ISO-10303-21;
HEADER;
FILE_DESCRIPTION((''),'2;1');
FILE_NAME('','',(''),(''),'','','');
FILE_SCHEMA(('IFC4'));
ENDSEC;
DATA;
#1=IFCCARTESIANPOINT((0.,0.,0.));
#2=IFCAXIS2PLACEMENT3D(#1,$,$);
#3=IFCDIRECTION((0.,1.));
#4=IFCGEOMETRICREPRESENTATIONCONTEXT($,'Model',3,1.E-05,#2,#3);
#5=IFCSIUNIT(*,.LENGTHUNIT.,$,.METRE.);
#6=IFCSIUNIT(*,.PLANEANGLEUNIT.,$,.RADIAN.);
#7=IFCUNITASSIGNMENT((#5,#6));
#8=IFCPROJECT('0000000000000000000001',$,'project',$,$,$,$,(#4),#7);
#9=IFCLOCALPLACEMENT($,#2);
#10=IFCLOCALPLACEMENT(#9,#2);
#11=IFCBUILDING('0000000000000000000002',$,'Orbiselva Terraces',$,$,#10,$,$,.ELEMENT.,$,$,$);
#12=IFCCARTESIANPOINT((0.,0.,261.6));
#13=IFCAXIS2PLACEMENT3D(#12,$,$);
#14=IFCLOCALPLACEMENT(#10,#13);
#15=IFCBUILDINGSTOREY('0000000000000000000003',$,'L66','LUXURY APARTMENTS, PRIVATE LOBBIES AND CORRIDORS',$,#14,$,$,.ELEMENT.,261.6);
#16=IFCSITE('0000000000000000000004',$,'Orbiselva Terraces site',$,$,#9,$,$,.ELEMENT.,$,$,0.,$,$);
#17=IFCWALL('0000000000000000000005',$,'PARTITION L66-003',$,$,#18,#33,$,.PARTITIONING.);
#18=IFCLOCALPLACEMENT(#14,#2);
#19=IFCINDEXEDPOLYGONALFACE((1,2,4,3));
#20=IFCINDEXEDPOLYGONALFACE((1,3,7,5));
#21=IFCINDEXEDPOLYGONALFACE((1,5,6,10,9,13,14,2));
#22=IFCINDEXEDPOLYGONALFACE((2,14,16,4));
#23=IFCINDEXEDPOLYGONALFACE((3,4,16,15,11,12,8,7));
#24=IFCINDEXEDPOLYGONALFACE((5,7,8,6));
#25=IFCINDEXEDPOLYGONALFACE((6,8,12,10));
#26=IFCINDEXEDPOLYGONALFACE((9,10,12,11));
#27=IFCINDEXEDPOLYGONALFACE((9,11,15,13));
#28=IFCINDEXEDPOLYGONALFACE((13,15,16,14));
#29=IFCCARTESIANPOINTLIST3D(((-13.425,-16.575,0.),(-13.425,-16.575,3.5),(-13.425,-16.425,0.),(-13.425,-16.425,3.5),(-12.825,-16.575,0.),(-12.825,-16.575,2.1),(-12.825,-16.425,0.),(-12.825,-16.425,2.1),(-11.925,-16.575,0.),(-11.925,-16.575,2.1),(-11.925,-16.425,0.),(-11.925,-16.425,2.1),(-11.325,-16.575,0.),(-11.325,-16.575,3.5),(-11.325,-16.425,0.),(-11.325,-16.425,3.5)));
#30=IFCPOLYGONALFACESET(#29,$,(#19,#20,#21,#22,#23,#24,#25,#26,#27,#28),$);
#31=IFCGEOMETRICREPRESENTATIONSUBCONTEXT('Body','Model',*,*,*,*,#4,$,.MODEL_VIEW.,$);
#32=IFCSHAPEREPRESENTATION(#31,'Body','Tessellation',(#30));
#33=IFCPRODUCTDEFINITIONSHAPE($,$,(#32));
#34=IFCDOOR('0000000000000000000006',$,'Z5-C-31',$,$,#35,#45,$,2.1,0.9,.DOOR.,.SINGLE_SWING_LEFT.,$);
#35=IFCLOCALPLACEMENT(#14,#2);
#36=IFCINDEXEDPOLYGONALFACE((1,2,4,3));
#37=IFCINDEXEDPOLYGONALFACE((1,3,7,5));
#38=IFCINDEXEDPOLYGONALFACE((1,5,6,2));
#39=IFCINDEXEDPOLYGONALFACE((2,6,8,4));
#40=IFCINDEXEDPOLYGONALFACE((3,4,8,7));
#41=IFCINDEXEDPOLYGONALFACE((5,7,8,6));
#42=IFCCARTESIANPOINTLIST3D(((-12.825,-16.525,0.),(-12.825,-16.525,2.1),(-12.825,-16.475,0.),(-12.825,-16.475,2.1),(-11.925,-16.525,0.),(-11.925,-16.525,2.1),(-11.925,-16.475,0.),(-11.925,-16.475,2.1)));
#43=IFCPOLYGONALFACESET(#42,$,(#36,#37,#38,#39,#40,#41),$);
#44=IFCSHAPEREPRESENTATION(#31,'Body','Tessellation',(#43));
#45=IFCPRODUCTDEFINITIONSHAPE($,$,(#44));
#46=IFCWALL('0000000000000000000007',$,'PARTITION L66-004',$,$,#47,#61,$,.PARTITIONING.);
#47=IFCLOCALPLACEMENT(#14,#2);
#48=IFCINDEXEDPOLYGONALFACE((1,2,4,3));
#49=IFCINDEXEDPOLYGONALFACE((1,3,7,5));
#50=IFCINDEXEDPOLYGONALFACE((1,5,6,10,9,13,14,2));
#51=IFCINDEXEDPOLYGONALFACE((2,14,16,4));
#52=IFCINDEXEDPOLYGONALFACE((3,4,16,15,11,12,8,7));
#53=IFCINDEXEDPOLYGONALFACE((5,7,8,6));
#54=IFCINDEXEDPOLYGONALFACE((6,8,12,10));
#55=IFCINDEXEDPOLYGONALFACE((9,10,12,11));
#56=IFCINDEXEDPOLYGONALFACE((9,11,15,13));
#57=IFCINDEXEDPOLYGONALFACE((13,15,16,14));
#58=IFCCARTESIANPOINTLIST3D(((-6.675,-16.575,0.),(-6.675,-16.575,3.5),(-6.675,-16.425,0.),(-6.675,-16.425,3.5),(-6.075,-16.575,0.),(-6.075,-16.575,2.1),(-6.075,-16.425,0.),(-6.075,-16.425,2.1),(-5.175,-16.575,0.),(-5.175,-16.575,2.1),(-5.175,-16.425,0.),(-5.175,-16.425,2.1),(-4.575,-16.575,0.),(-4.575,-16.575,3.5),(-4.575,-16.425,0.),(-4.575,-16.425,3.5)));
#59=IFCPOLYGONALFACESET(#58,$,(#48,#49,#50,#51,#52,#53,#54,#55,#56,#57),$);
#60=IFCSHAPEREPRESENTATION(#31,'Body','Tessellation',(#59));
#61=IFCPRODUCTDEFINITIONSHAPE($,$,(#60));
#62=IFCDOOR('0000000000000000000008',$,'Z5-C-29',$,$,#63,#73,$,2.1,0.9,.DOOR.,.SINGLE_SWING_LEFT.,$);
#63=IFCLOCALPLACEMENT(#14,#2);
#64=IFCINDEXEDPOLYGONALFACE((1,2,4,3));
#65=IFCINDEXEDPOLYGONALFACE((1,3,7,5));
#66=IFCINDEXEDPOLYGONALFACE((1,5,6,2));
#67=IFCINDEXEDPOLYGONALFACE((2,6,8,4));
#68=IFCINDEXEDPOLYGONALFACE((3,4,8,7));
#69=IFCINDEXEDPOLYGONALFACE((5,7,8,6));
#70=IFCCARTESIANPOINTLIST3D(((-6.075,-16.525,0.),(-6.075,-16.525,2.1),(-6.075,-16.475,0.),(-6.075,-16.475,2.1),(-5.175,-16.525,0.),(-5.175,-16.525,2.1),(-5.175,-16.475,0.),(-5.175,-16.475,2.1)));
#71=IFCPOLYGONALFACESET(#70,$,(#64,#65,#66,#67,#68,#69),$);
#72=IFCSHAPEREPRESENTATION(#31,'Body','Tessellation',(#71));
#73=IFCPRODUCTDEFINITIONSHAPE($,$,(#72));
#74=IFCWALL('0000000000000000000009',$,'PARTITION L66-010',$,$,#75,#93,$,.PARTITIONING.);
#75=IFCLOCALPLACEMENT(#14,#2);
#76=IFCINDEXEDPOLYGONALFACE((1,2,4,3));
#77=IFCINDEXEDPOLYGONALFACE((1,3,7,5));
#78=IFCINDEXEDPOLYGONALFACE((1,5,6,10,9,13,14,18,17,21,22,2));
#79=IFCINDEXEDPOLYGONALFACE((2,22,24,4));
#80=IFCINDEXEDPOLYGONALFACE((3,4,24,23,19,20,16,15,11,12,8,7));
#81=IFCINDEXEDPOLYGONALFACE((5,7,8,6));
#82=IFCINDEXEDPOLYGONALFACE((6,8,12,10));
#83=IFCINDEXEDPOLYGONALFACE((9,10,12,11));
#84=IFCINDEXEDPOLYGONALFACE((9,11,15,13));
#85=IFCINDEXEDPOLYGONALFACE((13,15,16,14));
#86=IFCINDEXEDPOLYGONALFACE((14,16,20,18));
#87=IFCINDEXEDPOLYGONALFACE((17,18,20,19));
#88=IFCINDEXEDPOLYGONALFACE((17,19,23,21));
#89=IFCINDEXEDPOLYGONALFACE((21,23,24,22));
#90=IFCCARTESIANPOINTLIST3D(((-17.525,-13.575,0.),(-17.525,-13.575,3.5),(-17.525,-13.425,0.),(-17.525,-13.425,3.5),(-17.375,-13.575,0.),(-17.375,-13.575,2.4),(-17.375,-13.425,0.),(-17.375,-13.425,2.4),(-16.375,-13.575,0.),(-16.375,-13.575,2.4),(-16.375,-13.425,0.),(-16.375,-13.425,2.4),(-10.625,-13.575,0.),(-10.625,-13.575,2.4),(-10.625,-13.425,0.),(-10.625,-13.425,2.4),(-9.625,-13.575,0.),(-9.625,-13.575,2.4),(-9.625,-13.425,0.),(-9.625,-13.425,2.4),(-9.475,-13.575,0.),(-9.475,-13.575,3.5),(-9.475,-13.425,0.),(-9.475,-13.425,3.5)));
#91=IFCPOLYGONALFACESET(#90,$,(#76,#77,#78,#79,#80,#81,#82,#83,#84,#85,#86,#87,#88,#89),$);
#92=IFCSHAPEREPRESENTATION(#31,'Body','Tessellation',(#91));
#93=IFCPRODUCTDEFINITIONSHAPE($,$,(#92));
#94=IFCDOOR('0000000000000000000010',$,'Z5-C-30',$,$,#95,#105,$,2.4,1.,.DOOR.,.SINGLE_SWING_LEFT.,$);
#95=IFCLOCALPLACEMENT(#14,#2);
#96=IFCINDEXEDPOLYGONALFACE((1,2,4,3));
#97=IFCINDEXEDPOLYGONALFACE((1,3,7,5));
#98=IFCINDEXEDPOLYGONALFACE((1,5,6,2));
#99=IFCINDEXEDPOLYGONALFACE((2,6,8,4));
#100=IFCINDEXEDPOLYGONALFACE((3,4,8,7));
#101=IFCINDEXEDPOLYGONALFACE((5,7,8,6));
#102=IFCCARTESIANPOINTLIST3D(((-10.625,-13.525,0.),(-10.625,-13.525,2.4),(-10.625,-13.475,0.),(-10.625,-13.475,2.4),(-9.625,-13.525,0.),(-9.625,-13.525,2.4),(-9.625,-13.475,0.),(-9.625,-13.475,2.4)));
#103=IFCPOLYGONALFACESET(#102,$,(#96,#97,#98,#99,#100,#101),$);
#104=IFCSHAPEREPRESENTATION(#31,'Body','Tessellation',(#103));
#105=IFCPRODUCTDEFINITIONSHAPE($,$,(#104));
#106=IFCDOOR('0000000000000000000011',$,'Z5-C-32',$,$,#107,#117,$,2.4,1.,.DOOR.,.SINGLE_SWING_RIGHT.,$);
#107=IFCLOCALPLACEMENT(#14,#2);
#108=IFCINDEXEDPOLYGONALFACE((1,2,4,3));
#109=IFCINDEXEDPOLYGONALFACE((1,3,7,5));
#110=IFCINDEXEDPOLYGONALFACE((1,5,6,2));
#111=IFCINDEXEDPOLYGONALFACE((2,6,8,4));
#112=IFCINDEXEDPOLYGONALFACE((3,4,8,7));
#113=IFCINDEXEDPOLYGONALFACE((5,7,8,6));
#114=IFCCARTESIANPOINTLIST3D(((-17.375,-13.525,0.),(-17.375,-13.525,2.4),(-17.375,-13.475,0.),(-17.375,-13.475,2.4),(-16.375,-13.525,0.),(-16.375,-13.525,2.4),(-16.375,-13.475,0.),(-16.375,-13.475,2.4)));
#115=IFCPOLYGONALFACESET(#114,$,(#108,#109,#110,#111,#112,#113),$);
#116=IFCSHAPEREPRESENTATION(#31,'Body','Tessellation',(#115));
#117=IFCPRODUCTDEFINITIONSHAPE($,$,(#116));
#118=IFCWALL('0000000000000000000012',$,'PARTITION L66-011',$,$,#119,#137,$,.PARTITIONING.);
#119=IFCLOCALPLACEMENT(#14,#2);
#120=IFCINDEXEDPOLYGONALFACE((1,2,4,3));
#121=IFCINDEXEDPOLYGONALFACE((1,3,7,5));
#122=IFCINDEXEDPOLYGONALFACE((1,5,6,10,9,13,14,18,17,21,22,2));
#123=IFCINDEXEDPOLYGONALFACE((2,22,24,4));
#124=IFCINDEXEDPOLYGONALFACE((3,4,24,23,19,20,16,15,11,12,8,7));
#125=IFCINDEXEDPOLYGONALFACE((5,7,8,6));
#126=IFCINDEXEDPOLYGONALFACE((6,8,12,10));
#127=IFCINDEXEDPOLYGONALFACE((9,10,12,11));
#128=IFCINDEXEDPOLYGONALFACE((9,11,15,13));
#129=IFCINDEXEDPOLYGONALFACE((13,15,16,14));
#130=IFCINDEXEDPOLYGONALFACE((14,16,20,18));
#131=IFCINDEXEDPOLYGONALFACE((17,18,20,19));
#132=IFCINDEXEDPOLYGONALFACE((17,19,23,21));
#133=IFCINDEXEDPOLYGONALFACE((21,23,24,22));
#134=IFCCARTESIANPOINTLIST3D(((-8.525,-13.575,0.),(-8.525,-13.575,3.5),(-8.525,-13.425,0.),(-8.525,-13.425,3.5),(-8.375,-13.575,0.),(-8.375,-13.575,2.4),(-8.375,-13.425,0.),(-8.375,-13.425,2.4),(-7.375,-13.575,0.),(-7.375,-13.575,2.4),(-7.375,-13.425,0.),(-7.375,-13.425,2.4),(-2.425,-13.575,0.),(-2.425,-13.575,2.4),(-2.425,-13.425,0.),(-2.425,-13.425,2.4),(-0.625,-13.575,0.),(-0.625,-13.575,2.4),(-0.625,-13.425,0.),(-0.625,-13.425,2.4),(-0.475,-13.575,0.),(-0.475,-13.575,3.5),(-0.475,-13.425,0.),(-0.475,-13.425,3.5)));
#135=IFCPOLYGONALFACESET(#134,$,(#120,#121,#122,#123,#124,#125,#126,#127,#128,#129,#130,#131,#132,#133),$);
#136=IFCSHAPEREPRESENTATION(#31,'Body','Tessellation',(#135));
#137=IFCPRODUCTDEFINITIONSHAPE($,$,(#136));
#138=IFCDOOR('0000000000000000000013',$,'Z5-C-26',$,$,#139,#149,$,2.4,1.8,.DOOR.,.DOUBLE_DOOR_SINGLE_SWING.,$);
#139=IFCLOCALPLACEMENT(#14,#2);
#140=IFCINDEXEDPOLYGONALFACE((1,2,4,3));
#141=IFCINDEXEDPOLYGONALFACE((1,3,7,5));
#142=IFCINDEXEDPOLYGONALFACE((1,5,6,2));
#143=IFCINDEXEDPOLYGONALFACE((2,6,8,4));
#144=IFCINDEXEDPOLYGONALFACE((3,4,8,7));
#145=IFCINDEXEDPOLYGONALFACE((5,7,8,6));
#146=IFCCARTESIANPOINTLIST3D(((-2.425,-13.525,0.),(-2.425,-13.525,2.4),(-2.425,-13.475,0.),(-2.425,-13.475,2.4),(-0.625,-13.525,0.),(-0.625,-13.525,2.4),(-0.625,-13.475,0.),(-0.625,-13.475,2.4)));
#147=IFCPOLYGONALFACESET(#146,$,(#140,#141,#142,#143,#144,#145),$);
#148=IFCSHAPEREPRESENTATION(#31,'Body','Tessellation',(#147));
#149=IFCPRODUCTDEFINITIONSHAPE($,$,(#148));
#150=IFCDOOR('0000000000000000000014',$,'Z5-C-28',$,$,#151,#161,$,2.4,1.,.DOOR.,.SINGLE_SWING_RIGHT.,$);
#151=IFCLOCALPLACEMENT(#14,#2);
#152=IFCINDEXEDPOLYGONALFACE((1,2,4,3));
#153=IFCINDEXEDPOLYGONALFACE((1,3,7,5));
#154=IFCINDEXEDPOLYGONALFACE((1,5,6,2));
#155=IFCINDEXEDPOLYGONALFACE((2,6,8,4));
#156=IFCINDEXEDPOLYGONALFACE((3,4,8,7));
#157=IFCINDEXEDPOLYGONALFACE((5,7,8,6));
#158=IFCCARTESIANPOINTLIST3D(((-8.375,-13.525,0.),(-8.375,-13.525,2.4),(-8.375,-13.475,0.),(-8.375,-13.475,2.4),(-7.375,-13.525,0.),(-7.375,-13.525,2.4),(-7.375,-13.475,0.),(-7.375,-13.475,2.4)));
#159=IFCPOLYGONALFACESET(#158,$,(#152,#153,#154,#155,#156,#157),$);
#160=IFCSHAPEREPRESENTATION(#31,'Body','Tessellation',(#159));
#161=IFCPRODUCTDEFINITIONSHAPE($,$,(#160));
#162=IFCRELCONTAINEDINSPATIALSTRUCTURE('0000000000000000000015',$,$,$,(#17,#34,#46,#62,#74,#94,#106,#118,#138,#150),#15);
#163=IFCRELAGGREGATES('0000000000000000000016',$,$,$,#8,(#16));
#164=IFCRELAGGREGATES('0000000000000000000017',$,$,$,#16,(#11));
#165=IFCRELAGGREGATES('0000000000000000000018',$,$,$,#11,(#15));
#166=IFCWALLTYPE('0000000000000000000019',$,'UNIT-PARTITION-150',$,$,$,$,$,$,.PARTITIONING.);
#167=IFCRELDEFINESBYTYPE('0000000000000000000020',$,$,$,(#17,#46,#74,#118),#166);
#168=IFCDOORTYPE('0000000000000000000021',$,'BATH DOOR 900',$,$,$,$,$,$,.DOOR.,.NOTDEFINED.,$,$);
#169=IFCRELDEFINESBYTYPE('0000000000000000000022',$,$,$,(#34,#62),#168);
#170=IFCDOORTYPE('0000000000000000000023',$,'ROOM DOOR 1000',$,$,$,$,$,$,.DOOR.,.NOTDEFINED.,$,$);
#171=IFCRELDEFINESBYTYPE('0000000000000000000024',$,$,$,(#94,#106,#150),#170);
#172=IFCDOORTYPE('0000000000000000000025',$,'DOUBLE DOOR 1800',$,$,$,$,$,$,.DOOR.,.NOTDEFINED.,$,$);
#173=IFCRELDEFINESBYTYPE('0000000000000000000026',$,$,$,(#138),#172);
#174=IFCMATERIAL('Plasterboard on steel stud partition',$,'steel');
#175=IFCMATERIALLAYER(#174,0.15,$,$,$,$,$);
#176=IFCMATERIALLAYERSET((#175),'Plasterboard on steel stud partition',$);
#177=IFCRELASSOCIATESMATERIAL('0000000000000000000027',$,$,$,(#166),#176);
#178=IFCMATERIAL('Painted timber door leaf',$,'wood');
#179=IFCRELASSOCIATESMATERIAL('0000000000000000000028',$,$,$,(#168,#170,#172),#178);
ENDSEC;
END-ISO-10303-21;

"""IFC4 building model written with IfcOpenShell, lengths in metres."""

from ifc_helpers import new_model, si_unit, direction, frame, frame_2d, origin, place, context, subcontext, project, spatial, rectangle, extrude, material, layer, layer_set, type_object, element, fill, save


model = new_model("IFC4")

# Units and contexts
model_context = context("Model", 3, precision=1e-05, world=origin(), true_north=direction((0.0, 1.0)))
body_context = subcontext(model_context, "Body", "Model", "MODEL_VIEW")
ifc_project = project(units=[si_unit("LENGTHUNIT", "METRE"), si_unit("PLANEANGLEUNIT", "RADIAN")], contexts=[model_context])

# Site, building, storey
site_placement = place(None, origin())
site = spatial("IfcSite", under=ifc_project, at=site_placement, Name="Orbiselva Terraces site", CompositionType="ELEMENT", RefElevation=0.0)
building_placement = place(site_placement, origin())
building = spatial("IfcBuilding", under=site, at=building_placement, Name="Orbiselva Terraces", CompositionType="ELEMENT")
storey_placement = place(building_placement, frame((0.0, 0.0, 261.6)))
storey = spatial("IfcBuildingStorey", under=building, at=storey_placement, Name="L66", Description="LUXURY APARTMENTS, PRIVATE LOBBIES AND CORRIDORS", CompositionType="ELEMENT", Elevation=261.6)

# Walls, openings, doors
ifc_material_1 = material(Name="Plasterboard on steel stud partition", Category="steel")
ifc_layer_1 = layer(ifc_material_1, 0.15)
ifc_layer_set_1 = layer_set([ifc_layer_1], Name="Plasterboard on steel stud partition")
wall_type_1 = type_object("IfcWallType", Name="UNIT-PARTITION-150", PredefinedType="PARTITIONING", material=ifc_layer_set_1)
wall_1_placement = place(storey_placement, frame((-13.425, -16.5, 0.0), z_axis=(0.0, 0.0, 1.0), x_axis=(1.0, 0.0, 0.0)))
wall_1 = element("IfcWall", 1, at=wall_1_placement, inside=storey, type_object=wall_type_1, Name="PARTITION L66-003", PredefinedType="PARTITIONING", context=body_context, shape_type="SweptSolid", body=[
    extrude(rectangle(XDim=2.1, YDim=0.15, at=frame_2d((1.05, 0.0))), origin(), (0.0, 0.0, 1.0), 3.5),
])
opening_1_placement = place(wall_1_placement, frame((0.6, 0.0, 0.0)))
opening_1 = element("IfcOpeningElement", 2, at=opening_1_placement, cuts=wall_1, PredefinedType="OPENING", context=body_context, shape_type="SweptSolid", body=[
    extrude(rectangle(XDim=0.9, YDim=2.1, at=frame_2d((0.45, 1.05))), frame((0.0, 0.085, 0.0), z_axis=(0.0, -1.0, 0.0), x_axis=(1.0, 0.0, 0.0)), (0.0, 0.0, 1.0), 0.17),
])
ifc_material_2 = material(Name="Painted timber door leaf", Category="wood")
door_type_1 = type_object("IfcDoorType", Name="BATH DOOR 900", OperationType="NOTDEFINED", PredefinedType="DOOR", material=ifc_material_2)
door_1_placement = place(opening_1_placement, origin())
door_1 = element("IfcDoor", 3, at=door_1_placement, inside=storey, type_object=door_type_1, Name="Z5-C-31", OperationType="SINGLE_SWING_LEFT", OverallHeight=2.1, OverallWidth=0.9, PredefinedType="DOOR", context=body_context, shape_type="SweptSolid", body=[
    extrude(rectangle(XDim=0.9, YDim=2.1, at=frame_2d((0.45, 1.05))), frame((0.0, 0.025, 0.0), z_axis=(0.0, -1.0, 0.0), x_axis=(1.0, 0.0, 0.0)), (0.0, 0.0, 1.0), 0.05),
])
fill(opening_1, door_1)
wall_2_placement = place(storey_placement, frame((-6.675, -16.5, 0.0), z_axis=(0.0, 0.0, 1.0), x_axis=(1.0, 0.0, 0.0)))
wall_2 = element("IfcWall", 4, at=wall_2_placement, inside=storey, type_object=wall_type_1, Name="PARTITION L66-004", PredefinedType="PARTITIONING", context=body_context, shape_type="SweptSolid", body=[
    extrude(rectangle(XDim=2.1, YDim=0.15, at=frame_2d((1.05, 0.0))), origin(), (0.0, 0.0, 1.0), 3.5),
])
opening_2_placement = place(wall_2_placement, frame((0.6, 0.0, 0.0)))
opening_2 = element("IfcOpeningElement", 5, at=opening_2_placement, cuts=wall_2, PredefinedType="OPENING", context=body_context, shape_type="SweptSolid", body=[
    extrude(rectangle(XDim=0.9, YDim=2.1, at=frame_2d((0.45, 1.05))), frame((0.0, 0.085, 0.0), z_axis=(0.0, -1.0, 0.0), x_axis=(1.0, 0.0, 0.0)), (0.0, 0.0, 1.0), 0.17),
])
door_2_placement = place(opening_2_placement, origin())
door_2 = element("IfcDoor", 6, at=door_2_placement, inside=storey, type_object=door_type_1, Name="Z5-C-29", OperationType="SINGLE_SWING_LEFT", OverallHeight=2.1, OverallWidth=0.9, PredefinedType="DOOR", context=body_context, shape_type="SweptSolid", body=[
    extrude(rectangle(XDim=0.9, YDim=2.1, at=frame_2d((0.45, 1.05))), frame((0.0, 0.025, 0.0), z_axis=(0.0, -1.0, 0.0), x_axis=(1.0, 0.0, 0.0)), (0.0, 0.0, 1.0), 0.05),
])
fill(opening_2, door_2)

# Walls, openings, doors
wall_3_placement = place(storey_placement, frame((-9.475, -13.5, 0.0), z_axis=(0.0, 0.0, 1.0), x_axis=(-1.0, 0.0, 0.0)))
wall_3 = element("IfcWall", 7, at=wall_3_placement, inside=storey, type_object=wall_type_1, Name="PARTITION L66-010", PredefinedType="PARTITIONING", context=body_context, shape_type="SweptSolid", body=[
    extrude(rectangle(XDim=8.05, YDim=0.15, at=frame_2d((4.025, 0.0))), origin(), (0.0, 0.0, 1.0), 3.5),
])
opening_3_placement = place(wall_3_placement, frame((0.15, 0.0, 0.0)))
opening_3 = element("IfcOpeningElement", 8, at=opening_3_placement, cuts=wall_3, PredefinedType="OPENING", context=body_context, shape_type="SweptSolid", body=[
    extrude(rectangle(XDim=1.0, YDim=2.4, at=frame_2d((0.5, 1.2))), frame((0.0, 0.085, 0.0), z_axis=(0.0, -1.0, 0.0), x_axis=(1.0, 0.0, 0.0)), (0.0, 0.0, 1.0), 0.17),
])
opening_4_placement = place(wall_3_placement, frame((6.9, 0.0, 0.0)))
opening_4 = element("IfcOpeningElement", 9, at=opening_4_placement, cuts=wall_3, PredefinedType="OPENING", context=body_context, shape_type="SweptSolid", body=[
    extrude(rectangle(XDim=1.0, YDim=2.4, at=frame_2d((0.5, 1.2))), frame((0.0, 0.085, 0.0), z_axis=(0.0, -1.0, 0.0), x_axis=(1.0, 0.0, 0.0)), (0.0, 0.0, 1.0), 0.17),
])
door_type_2 = type_object("IfcDoorType", Name="ROOM DOOR 1000", OperationType="NOTDEFINED", PredefinedType="DOOR", material=ifc_material_2)
door_3_placement = place(opening_3_placement, origin())
door_3 = element("IfcDoor", 10, at=door_3_placement, inside=storey, type_object=door_type_2, Name="Z5-C-30", OperationType="SINGLE_SWING_LEFT", OverallHeight=2.4, OverallWidth=1.0, PredefinedType="DOOR", context=body_context, shape_type="SweptSolid", body=[
    extrude(rectangle(XDim=1.0, YDim=2.4, at=frame_2d((0.5, 1.2))), frame((0.0, 0.025, 0.0), z_axis=(0.0, -1.0, 0.0), x_axis=(1.0, 0.0, 0.0)), (0.0, 0.0, 1.0), 0.05),
])
fill(opening_3, door_3)
door_4_placement = place(opening_4_placement, origin())
door_4 = element("IfcDoor", 11, at=door_4_placement, inside=storey, type_object=door_type_2, Name="Z5-C-32", OperationType="SINGLE_SWING_RIGHT", OverallHeight=2.4, OverallWidth=1.0, PredefinedType="DOOR", context=body_context, shape_type="SweptSolid", body=[
    extrude(rectangle(XDim=1.0, YDim=2.4, at=frame_2d((0.5, 1.2))), frame((0.0, 0.025, 0.0), z_axis=(0.0, -1.0, 0.0), x_axis=(1.0, 0.0, 0.0)), (0.0, 0.0, 1.0), 0.05),
])
fill(opening_4, door_4)
wall_4_placement = place(storey_placement, frame((-0.475, -13.5, 0.0), z_axis=(0.0, 0.0, 1.0), x_axis=(-1.0, 0.0, 0.0)))
wall_4 = element("IfcWall", 12, at=wall_4_placement, inside=storey, type_object=wall_type_1, Name="PARTITION L66-011", PredefinedType="PARTITIONING", context=body_context, shape_type="SweptSolid", body=[
    extrude(rectangle(XDim=8.05, YDim=0.15, at=frame_2d((4.025, 0.0))), origin(), (0.0, 0.0, 1.0), 3.5),
])
opening_5_placement = place(wall_4_placement, frame((0.15, 0.0, 0.0)))
opening_5 = element("IfcOpeningElement", 13, at=opening_5_placement, cuts=wall_4, PredefinedType="OPENING", context=body_context, shape_type="SweptSolid", body=[
    extrude(rectangle(XDim=1.8, YDim=2.4, at=frame_2d((0.9, 1.2))), frame((0.0, 0.085, 0.0), z_axis=(0.0, -1.0, 0.0), x_axis=(1.0, 0.0, 0.0)), (0.0, 0.0, 1.0), 0.17),
])
opening_6_placement = place(wall_4_placement, frame((6.9, 0.0, 0.0)))
opening_6 = element("IfcOpeningElement", 14, at=opening_6_placement, cuts=wall_4, PredefinedType="OPENING", context=body_context, shape_type="SweptSolid", body=[
    extrude(rectangle(XDim=1.0, YDim=2.4, at=frame_2d((0.5, 1.2))), frame((0.0, 0.085, 0.0), z_axis=(0.0, -1.0, 0.0), x_axis=(1.0, 0.0, 0.0)), (0.0, 0.0, 1.0), 0.17),
])
door_type_3 = type_object("IfcDoorType", Name="DOUBLE DOOR 1800", OperationType="NOTDEFINED", PredefinedType="DOOR", material=ifc_material_2)
door_5_placement = place(opening_5_placement, origin())
door_5 = element("IfcDoor", 15, at=door_5_placement, inside=storey, type_object=door_type_3, Name="Z5-C-26", OperationType="DOUBLE_DOOR_SINGLE_SWING", OverallHeight=2.4, OverallWidth=1.8, PredefinedType="DOOR", context=body_context, shape_type="SweptSolid", body=[
    extrude(rectangle(XDim=1.8, YDim=2.4, at=frame_2d((0.9, 1.2))), frame((0.0, 0.025, 0.0), z_axis=(0.0, -1.0, 0.0), x_axis=(1.0, 0.0, 0.0)), (0.0, 0.0, 1.0), 0.05),
])
fill(opening_5, door_5)
door_6_placement = place(opening_6_placement, origin())
door_6 = element("IfcDoor", 16, at=door_6_placement, inside=storey, type_object=door_type_2, Name="Z5-C-28", OperationType="SINGLE_SWING_RIGHT", OverallHeight=2.4, OverallWidth=1.0, PredefinedType="DOOR", context=body_context, shape_type="SweptSolid", body=[
    extrude(rectangle(XDim=1.0, YDim=2.4, at=frame_2d((0.5, 1.2))), frame((0.0, 0.025, 0.0), z_axis=(0.0, -1.0, 0.0), x_axis=(1.0, 0.0, 0.0)), (0.0, 0.0, 1.0), 0.05),
])
fill(opening_6, door_6)

save(model, "model.ifc")
